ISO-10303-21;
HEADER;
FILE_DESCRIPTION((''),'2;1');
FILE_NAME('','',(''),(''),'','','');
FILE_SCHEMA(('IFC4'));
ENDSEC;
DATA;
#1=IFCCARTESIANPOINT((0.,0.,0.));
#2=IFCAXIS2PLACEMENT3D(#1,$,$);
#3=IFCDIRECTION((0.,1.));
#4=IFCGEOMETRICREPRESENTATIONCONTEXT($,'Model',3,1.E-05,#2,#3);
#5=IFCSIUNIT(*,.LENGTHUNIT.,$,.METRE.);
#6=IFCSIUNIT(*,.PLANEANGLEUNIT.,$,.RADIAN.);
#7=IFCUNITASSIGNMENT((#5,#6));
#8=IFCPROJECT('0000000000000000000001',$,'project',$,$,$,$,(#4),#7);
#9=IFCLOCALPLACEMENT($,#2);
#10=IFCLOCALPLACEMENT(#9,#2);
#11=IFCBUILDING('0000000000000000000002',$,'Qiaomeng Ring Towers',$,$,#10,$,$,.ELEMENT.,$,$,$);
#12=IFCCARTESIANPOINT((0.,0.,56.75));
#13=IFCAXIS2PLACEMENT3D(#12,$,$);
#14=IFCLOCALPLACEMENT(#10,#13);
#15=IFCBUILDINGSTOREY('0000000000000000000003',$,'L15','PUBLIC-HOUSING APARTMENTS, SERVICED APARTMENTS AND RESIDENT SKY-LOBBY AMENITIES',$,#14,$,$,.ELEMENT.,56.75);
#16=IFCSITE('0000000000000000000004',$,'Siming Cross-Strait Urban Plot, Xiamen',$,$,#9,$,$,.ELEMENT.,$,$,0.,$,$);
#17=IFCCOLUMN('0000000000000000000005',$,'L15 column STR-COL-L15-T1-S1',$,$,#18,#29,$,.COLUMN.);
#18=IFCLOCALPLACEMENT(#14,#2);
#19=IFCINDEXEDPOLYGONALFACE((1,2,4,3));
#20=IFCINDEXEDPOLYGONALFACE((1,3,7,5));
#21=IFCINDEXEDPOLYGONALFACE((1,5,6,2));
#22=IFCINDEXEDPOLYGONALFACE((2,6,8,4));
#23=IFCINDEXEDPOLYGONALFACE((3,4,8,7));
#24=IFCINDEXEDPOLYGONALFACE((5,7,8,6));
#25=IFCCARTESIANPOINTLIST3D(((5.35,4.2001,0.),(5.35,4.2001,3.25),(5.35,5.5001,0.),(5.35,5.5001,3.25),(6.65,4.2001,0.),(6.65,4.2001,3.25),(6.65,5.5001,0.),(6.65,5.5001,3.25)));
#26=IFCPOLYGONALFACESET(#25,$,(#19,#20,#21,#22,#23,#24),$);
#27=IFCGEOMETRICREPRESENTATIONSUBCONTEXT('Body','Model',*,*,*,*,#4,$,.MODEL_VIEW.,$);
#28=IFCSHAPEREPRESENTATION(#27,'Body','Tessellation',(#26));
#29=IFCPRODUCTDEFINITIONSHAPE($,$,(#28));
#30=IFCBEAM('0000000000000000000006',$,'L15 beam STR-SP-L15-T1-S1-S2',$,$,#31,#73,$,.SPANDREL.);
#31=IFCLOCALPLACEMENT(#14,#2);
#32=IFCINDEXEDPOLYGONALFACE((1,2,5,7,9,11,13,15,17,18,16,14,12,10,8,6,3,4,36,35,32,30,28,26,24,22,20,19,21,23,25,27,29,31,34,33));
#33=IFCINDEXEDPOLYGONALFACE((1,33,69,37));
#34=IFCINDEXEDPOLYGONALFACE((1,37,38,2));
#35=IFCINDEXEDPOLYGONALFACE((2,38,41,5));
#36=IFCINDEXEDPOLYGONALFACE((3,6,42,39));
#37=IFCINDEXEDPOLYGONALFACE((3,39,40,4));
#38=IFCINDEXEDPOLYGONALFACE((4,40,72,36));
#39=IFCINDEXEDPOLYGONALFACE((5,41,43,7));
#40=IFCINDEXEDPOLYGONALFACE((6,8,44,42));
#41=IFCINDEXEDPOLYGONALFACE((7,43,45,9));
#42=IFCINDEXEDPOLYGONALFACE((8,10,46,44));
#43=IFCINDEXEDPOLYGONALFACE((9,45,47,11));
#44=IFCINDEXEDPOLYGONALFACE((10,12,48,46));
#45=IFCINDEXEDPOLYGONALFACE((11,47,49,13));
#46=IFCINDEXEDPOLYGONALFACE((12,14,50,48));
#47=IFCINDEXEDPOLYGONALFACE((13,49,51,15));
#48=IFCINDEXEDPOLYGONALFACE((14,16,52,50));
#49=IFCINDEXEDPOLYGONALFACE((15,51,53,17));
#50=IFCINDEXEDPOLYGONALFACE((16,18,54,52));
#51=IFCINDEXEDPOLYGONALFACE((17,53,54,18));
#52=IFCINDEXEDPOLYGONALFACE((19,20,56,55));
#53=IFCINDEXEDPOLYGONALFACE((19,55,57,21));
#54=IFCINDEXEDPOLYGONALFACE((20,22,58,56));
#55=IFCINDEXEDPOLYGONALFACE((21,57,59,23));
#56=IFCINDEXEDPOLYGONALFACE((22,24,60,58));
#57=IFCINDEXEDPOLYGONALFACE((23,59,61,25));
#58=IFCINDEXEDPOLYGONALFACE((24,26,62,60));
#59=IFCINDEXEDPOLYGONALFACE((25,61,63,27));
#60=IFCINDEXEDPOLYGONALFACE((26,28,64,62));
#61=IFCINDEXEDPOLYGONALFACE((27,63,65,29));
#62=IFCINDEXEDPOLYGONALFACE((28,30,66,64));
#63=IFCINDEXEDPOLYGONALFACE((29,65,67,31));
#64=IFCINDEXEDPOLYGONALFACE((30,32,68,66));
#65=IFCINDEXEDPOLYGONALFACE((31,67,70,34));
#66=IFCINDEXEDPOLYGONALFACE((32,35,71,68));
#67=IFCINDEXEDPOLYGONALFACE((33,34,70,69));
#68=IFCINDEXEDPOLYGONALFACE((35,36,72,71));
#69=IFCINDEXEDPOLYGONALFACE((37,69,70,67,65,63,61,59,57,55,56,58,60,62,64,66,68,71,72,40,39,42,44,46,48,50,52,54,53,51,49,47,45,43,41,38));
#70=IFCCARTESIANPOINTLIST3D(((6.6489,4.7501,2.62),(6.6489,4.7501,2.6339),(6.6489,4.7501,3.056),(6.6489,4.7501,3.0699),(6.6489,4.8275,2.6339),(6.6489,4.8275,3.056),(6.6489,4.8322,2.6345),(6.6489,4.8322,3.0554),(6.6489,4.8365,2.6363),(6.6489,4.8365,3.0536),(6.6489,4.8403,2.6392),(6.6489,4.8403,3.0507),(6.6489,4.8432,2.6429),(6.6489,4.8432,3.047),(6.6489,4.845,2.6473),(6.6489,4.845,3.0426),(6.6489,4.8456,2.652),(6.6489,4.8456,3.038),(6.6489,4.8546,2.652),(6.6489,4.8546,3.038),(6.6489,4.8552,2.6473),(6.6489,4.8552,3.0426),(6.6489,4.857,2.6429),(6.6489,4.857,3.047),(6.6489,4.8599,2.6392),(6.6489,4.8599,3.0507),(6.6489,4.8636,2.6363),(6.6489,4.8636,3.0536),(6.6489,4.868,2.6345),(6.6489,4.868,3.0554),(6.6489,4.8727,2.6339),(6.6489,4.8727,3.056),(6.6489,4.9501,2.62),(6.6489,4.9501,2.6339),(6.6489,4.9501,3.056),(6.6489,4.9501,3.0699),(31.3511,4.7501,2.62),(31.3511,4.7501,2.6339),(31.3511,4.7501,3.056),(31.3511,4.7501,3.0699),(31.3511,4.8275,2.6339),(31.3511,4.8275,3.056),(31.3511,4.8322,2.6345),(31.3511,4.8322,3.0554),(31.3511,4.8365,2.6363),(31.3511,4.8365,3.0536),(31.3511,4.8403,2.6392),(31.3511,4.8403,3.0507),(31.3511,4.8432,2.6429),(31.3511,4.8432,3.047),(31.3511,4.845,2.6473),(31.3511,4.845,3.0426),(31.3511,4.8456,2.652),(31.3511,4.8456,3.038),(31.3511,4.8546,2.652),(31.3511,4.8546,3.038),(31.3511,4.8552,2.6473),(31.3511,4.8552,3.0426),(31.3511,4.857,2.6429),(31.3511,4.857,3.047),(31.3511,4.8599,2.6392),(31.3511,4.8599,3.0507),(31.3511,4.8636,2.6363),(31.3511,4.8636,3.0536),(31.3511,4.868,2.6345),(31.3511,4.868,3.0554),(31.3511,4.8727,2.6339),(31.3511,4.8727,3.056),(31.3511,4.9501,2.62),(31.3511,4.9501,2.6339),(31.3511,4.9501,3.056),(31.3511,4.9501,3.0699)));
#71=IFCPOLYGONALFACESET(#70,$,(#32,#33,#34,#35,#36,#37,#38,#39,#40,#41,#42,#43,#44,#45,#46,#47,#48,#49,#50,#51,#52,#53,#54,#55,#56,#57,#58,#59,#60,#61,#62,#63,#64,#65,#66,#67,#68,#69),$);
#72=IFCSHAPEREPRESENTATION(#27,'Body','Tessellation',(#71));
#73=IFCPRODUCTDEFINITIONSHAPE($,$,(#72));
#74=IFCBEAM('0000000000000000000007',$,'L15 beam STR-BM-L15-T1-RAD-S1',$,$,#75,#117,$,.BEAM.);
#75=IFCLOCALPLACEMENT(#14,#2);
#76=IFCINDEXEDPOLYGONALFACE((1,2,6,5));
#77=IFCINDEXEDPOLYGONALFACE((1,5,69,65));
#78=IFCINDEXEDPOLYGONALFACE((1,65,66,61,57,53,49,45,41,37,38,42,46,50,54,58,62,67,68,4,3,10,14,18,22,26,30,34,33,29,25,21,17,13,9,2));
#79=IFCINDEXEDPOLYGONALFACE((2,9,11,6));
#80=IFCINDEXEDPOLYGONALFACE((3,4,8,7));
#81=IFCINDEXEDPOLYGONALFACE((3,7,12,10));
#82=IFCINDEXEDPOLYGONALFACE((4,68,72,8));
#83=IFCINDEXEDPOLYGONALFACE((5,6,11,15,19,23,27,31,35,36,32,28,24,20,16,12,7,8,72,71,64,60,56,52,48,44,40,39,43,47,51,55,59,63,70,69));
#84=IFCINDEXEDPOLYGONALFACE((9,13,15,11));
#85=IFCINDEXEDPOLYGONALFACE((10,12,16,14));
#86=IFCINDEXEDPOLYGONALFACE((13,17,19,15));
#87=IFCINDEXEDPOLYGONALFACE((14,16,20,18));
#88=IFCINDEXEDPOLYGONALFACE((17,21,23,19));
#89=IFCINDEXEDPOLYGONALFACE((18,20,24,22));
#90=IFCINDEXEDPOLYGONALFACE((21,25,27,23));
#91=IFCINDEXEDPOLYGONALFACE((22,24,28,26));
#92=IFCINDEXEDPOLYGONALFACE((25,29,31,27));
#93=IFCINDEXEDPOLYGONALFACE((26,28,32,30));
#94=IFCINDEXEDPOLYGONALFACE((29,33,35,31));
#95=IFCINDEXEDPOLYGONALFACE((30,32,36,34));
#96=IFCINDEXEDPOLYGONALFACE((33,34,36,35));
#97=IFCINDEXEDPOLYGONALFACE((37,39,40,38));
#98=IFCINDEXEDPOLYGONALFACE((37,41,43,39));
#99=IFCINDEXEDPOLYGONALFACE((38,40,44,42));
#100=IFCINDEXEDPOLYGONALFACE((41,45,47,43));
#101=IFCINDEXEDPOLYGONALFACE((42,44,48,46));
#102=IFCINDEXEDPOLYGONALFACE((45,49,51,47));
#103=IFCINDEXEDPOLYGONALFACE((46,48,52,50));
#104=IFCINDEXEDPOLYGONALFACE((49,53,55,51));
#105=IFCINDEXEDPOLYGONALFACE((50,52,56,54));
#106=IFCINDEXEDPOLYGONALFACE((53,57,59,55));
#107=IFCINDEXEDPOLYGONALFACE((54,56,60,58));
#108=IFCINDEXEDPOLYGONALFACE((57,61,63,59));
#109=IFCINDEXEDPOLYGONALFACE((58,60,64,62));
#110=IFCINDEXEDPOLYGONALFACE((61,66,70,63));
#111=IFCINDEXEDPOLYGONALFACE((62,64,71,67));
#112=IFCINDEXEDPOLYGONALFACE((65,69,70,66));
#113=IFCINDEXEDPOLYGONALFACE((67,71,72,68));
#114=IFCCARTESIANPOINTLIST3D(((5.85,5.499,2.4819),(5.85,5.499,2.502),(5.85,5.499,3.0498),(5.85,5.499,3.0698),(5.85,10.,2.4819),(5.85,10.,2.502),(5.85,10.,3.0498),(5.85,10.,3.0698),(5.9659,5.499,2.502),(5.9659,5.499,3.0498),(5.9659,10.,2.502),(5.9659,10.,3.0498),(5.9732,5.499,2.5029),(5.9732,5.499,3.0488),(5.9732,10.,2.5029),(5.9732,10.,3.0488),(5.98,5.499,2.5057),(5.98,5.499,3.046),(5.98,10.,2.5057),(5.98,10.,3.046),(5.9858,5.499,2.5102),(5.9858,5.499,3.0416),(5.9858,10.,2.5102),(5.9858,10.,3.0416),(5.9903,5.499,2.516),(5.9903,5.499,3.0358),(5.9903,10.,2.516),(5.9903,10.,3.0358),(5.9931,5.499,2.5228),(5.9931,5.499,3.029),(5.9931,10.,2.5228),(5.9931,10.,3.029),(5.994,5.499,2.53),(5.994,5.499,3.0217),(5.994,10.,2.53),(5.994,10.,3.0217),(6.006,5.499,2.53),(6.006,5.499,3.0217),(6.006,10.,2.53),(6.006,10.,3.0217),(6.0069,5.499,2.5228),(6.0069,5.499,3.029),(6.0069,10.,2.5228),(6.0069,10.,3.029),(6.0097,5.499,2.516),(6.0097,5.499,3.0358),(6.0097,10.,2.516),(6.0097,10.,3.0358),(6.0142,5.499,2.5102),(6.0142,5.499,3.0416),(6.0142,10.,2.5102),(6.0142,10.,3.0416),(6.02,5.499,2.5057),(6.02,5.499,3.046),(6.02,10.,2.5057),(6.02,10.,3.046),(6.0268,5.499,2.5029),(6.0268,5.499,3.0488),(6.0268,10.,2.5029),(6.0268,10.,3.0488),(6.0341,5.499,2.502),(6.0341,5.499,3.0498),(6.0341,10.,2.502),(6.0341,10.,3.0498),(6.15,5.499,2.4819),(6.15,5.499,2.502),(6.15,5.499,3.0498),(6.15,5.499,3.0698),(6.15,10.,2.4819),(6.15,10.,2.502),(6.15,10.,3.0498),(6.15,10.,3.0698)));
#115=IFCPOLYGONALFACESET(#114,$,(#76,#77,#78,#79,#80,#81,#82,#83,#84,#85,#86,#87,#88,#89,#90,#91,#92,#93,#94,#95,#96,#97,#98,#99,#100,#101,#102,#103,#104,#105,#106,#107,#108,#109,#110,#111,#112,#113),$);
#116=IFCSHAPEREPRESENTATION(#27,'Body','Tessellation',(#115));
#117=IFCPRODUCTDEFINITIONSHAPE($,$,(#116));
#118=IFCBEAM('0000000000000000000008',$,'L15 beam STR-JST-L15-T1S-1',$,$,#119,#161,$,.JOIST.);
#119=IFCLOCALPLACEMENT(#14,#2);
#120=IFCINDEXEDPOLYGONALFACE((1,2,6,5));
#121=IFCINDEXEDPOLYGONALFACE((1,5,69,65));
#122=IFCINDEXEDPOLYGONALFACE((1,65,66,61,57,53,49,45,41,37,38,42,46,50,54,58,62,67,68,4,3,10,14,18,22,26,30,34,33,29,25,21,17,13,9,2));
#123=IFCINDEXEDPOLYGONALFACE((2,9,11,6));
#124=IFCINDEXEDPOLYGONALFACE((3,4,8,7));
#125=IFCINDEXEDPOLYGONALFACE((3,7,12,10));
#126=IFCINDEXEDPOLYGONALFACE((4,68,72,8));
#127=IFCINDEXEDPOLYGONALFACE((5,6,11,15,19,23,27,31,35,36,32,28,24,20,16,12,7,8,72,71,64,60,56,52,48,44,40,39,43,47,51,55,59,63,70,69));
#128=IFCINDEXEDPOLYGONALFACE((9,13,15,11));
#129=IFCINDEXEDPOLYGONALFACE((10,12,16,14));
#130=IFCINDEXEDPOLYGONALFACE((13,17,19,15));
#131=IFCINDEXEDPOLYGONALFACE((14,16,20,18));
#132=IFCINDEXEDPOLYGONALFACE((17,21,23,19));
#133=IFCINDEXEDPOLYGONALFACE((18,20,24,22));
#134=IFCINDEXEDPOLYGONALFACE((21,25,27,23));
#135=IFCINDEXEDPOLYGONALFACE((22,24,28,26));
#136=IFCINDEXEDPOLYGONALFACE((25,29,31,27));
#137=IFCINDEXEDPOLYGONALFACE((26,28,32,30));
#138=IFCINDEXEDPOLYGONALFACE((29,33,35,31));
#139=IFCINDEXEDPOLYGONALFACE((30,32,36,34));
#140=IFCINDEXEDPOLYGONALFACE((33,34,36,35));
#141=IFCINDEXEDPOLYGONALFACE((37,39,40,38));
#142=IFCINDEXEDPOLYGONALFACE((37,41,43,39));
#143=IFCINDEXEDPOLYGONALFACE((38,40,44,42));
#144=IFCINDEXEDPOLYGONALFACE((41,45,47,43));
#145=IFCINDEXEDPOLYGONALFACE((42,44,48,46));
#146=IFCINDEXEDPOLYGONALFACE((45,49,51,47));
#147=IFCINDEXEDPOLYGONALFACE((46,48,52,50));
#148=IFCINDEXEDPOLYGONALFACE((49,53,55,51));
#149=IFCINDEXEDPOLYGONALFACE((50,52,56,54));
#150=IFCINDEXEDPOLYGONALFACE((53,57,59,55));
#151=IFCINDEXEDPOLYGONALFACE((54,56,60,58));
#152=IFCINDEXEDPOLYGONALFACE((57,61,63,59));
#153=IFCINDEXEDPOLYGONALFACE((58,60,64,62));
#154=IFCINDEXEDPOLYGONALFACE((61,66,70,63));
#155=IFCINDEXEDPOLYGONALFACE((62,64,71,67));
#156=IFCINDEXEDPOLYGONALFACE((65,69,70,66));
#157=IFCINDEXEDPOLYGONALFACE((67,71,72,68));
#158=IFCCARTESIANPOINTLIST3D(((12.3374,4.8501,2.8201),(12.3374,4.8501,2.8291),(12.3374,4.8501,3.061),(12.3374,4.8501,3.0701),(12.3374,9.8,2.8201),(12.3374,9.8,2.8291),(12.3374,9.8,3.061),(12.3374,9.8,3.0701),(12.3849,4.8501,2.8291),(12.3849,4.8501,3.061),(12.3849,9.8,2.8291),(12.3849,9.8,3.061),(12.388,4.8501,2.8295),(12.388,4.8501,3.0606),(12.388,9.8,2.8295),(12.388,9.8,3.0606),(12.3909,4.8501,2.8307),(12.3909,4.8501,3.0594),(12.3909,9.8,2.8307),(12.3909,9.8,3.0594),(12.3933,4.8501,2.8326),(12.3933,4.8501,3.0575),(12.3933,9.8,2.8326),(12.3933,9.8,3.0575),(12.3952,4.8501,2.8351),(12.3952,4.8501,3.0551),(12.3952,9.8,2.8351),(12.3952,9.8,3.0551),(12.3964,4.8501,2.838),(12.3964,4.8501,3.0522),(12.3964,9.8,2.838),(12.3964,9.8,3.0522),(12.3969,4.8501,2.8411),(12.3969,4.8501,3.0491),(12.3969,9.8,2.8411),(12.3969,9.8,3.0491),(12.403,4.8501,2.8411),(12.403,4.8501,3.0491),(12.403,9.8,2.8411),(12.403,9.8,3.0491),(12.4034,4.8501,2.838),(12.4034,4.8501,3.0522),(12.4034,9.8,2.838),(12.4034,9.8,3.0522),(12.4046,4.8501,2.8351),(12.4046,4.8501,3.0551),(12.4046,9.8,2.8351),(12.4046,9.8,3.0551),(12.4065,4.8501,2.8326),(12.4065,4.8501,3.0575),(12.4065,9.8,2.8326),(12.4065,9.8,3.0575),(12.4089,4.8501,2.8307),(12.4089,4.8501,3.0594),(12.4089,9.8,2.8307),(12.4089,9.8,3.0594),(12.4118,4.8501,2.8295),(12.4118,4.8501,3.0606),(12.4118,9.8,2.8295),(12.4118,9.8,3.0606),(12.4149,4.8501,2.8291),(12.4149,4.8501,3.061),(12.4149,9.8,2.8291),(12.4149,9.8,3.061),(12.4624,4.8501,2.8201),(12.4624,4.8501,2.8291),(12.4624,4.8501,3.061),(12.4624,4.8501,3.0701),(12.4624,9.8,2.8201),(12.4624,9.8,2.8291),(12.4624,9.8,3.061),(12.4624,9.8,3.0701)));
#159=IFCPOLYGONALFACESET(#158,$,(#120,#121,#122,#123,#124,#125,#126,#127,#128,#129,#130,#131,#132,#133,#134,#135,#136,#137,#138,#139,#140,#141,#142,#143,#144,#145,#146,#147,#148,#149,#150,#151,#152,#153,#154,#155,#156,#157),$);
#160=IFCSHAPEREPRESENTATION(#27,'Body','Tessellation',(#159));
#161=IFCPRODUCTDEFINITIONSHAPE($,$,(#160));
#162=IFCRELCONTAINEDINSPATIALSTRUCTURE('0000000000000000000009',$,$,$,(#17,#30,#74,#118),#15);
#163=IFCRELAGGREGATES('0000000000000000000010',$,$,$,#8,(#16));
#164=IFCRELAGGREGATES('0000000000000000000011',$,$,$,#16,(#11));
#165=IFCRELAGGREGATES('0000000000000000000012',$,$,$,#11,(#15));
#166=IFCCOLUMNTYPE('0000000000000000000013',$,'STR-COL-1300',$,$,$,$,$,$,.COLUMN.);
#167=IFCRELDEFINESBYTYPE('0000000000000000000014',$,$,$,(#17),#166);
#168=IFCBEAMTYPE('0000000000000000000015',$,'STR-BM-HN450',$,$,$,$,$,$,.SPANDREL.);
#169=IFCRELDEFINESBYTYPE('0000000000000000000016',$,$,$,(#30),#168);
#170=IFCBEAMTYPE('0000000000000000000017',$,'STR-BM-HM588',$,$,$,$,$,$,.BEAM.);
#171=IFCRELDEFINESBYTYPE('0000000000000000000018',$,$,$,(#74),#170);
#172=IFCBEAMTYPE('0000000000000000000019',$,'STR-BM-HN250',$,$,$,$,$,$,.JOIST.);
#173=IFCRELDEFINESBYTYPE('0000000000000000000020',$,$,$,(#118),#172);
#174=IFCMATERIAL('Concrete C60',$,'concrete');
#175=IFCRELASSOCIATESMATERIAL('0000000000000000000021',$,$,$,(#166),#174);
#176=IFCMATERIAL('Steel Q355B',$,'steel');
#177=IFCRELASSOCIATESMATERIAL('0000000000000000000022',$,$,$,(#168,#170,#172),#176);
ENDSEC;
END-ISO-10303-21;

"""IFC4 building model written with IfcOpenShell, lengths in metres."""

from ifc_helpers import new_model, si_unit, direction, frame, origin, origin_2d, place, context, subcontext, project, spatial, rectangle, i_section, extrude, source, transform, mapped, material, material_profile, profile_set, type_object, element, save


model = new_model("IFC4")

# Units and contexts
model_context = context("Model", 3, precision=1e-05, world=origin(), true_north=direction((0.0, 1.0)))
body_context = subcontext(model_context, "Body", "Model", "MODEL_VIEW")
ifc_project = project(units=[si_unit("LENGTHUNIT", "METRE"), si_unit("PLANEANGLEUNIT", "RADIAN")], contexts=[model_context])

# Site, building, storey
site_placement = place(None, origin())
site = spatial("IfcSite", under=ifc_project, at=site_placement, Name="Siming Cross-Strait Urban Plot, Xiamen", CompositionType="ELEMENT", RefElevation=0.0)
building_placement = place(site_placement, origin())
building = spatial("IfcBuilding", under=site, at=building_placement, Name="Qiaomeng Ring Towers", CompositionType="ELEMENT")
storey_placement = place(building_placement, frame((0.0, 0.0, 56.75)))
storey = spatial("IfcBuildingStorey", under=building, at=storey_placement, Name="L15", Description="PUBLIC-HOUSING APARTMENTS, SERVICED APARTMENTS AND RESIDENT SKY-LOBBY AMENITIES", CompositionType="ELEMENT", Elevation=56.75)

# Column
ifc_material_1 = material(Name="Concrete C60", Category="concrete")
ifc_material_profile_1 = material_profile(ifc_material_1, rectangle(XDim=1.3, YDim=1.3, at=origin_2d()), Name="RC COL 1300x1300")
ifc_profile_set_1 = profile_set([ifc_material_profile_1], Name="Concrete C60")
column_type = type_object("IfcColumnType", Name="STR-COL-1300", PredefinedType="COLUMN", material=ifc_profile_set_1)
shared_shape_1 = source(origin(), body_context, "Body", "SweptSolid", [
    extrude(rectangle(XDim=1.3, YDim=1.3, at=origin_2d()), origin(), (0.0, 0.0, 1.0), 3.25),
])
column_placement = place(storey_placement, frame((6.0, 4.8501, 0.0), z_axis=(0.0, 0.0, 1.0), x_axis=(1.0, 0.0, 0.0)))
element("IfcColumn", 1, at=column_placement, inside=storey, type_object=column_type, Name="L15 column STR-COL-L15-T1-S1", PredefinedType="COLUMN", context=body_context, shape_type="MappedRepresentation", body=[
    mapped(shared_shape_1, transform((0.0, 0.0, 0.0), x_axis=(1.0, 0.0, 0.0), y_axis=(0.0, 1.0, 0.0), z_axis=(0.0, 0.0, 1.0), scale=1.0)),
])

# Beams
ifc_material_2 = material(Name="Steel Q355B", Category="steel")
ifc_material_profile_2 = material_profile(ifc_material_2, i_section(OverallWidth=0.2, OverallDepth=0.45, WebThickness=0.009, FlangeThickness=0.0139, FilletRadius=0.0181, at=origin_2d()), Name="HN 450x200x9x14")
ifc_profile_set_2 = profile_set([ifc_material_profile_2], Name="Steel Q355B")
beam_type_1 = type_object("IfcBeamType", Name="STR-BM-HN450", PredefinedType="SPANDREL", material=ifc_profile_set_2)
shared_shape_2 = source(origin(), body_context, "Body", "SweptSolid", [
    extrude(i_section(OverallWidth=0.2, OverallDepth=0.45, WebThickness=0.009, FlangeThickness=0.0139, FilletRadius=0.0181, at=origin_2d()), origin(), (0.0, 0.0, 1.0), 24.7021),
])
beam_1_placement = place(storey_placement, frame((6.6489, 4.8501, 2.845), z_axis=(1.0, 0.0, 0.0), x_axis=(0.0, 1.0, 0.0)))
element("IfcBeam", 2, at=beam_1_placement, inside=storey, type_object=beam_type_1, Name="L15 beam STR-SP-L15-T1-S1-S2", PredefinedType="SPANDREL", context=body_context, shape_type="MappedRepresentation", body=[
    mapped(shared_shape_2, transform((0.0, 0.0, 0.0), x_axis=(1.0, 0.0, 0.0), y_axis=(0.0, 1.0, 0.0), z_axis=(0.0, 0.0, 1.0), scale=1.0)),
])
ifc_material_profile_3 = material_profile(ifc_material_2, i_section(OverallWidth=0.3, OverallDepth=0.5879, WebThickness=0.012, FlangeThickness=0.02, FilletRadius=0.0281, at=origin_2d()), Name="HM 588x300x12x20")
ifc_profile_set_3 = profile_set([ifc_material_profile_3], Name="Steel Q355B")
beam_type_2 = type_object("IfcBeamType", Name="STR-BM-HM588", PredefinedType="BEAM", material=ifc_profile_set_3)
shared_shape_3 = source(origin(), body_context, "Body", "SweptSolid", [
    extrude(i_section(OverallWidth=0.3, OverallDepth=0.5879, WebThickness=0.012, FlangeThickness=0.02, FilletRadius=0.0281, at=origin_2d()), origin(), (0.0, 0.0, 1.0), 4.501),
])
beam_2_placement = place(storey_placement, frame((6.0, 5.499, 2.7759), z_axis=(0.0, 1.0, 0.0), x_axis=(-1.0, 0.0, 0.0)))
element("IfcBeam", 3, at=beam_2_placement, inside=storey, type_object=beam_type_2, Name="L15 beam STR-BM-L15-T1-RAD-S1", PredefinedType="BEAM", context=body_context, shape_type="MappedRepresentation", body=[
    mapped(shared_shape_3, transform((0.0, 0.0, 0.0), x_axis=(1.0, 0.0, 0.0), y_axis=(0.0, 1.0, 0.0), z_axis=(0.0, 0.0, 1.0), scale=1.0)),
])
ifc_material_profile_4 = material_profile(ifc_material_2, i_section(OverallWidth=0.125, OverallDepth=0.25, WebThickness=0.0061, FlangeThickness=0.009, FilletRadius=0.012, at=origin_2d()), Name="HN 250x125x6x9")
ifc_profile_set_4 = profile_set([ifc_material_profile_4], Name="Steel Q355B")
beam_type_3 = type_object("IfcBeamType", Name="STR-BM-HN250", PredefinedType="JOIST", material=ifc_profile_set_4)
shared_shape_4 = source(origin(), body_context, "Body", "SweptSolid", [
    extrude(i_section(OverallWidth=0.125, OverallDepth=0.25, WebThickness=0.0061, FlangeThickness=0.009, FilletRadius=0.012, at=origin_2d()), origin(), (0.0, 0.0, 1.0), 4.95),
])
beam_3_placement = place(storey_placement, frame((12.3999, 4.8501, 2.9451), z_axis=(0.0, 1.0, 0.0), x_axis=(-1.0, 0.0, 0.0)))
element("IfcBeam", 4, at=beam_3_placement, inside=storey, type_object=beam_type_3, Name="L15 beam STR-JST-L15-T1S-1", PredefinedType="JOIST", context=body_context, shape_type="MappedRepresentation", body=[
    mapped(shared_shape_4, transform((0.0, 0.0, 0.0), x_axis=(1.0, 0.0, 0.0), y_axis=(0.0, 1.0, 0.0), z_axis=(0.0, 0.0, 1.0), scale=1.0)),
])

save(model, "model.ifc")
